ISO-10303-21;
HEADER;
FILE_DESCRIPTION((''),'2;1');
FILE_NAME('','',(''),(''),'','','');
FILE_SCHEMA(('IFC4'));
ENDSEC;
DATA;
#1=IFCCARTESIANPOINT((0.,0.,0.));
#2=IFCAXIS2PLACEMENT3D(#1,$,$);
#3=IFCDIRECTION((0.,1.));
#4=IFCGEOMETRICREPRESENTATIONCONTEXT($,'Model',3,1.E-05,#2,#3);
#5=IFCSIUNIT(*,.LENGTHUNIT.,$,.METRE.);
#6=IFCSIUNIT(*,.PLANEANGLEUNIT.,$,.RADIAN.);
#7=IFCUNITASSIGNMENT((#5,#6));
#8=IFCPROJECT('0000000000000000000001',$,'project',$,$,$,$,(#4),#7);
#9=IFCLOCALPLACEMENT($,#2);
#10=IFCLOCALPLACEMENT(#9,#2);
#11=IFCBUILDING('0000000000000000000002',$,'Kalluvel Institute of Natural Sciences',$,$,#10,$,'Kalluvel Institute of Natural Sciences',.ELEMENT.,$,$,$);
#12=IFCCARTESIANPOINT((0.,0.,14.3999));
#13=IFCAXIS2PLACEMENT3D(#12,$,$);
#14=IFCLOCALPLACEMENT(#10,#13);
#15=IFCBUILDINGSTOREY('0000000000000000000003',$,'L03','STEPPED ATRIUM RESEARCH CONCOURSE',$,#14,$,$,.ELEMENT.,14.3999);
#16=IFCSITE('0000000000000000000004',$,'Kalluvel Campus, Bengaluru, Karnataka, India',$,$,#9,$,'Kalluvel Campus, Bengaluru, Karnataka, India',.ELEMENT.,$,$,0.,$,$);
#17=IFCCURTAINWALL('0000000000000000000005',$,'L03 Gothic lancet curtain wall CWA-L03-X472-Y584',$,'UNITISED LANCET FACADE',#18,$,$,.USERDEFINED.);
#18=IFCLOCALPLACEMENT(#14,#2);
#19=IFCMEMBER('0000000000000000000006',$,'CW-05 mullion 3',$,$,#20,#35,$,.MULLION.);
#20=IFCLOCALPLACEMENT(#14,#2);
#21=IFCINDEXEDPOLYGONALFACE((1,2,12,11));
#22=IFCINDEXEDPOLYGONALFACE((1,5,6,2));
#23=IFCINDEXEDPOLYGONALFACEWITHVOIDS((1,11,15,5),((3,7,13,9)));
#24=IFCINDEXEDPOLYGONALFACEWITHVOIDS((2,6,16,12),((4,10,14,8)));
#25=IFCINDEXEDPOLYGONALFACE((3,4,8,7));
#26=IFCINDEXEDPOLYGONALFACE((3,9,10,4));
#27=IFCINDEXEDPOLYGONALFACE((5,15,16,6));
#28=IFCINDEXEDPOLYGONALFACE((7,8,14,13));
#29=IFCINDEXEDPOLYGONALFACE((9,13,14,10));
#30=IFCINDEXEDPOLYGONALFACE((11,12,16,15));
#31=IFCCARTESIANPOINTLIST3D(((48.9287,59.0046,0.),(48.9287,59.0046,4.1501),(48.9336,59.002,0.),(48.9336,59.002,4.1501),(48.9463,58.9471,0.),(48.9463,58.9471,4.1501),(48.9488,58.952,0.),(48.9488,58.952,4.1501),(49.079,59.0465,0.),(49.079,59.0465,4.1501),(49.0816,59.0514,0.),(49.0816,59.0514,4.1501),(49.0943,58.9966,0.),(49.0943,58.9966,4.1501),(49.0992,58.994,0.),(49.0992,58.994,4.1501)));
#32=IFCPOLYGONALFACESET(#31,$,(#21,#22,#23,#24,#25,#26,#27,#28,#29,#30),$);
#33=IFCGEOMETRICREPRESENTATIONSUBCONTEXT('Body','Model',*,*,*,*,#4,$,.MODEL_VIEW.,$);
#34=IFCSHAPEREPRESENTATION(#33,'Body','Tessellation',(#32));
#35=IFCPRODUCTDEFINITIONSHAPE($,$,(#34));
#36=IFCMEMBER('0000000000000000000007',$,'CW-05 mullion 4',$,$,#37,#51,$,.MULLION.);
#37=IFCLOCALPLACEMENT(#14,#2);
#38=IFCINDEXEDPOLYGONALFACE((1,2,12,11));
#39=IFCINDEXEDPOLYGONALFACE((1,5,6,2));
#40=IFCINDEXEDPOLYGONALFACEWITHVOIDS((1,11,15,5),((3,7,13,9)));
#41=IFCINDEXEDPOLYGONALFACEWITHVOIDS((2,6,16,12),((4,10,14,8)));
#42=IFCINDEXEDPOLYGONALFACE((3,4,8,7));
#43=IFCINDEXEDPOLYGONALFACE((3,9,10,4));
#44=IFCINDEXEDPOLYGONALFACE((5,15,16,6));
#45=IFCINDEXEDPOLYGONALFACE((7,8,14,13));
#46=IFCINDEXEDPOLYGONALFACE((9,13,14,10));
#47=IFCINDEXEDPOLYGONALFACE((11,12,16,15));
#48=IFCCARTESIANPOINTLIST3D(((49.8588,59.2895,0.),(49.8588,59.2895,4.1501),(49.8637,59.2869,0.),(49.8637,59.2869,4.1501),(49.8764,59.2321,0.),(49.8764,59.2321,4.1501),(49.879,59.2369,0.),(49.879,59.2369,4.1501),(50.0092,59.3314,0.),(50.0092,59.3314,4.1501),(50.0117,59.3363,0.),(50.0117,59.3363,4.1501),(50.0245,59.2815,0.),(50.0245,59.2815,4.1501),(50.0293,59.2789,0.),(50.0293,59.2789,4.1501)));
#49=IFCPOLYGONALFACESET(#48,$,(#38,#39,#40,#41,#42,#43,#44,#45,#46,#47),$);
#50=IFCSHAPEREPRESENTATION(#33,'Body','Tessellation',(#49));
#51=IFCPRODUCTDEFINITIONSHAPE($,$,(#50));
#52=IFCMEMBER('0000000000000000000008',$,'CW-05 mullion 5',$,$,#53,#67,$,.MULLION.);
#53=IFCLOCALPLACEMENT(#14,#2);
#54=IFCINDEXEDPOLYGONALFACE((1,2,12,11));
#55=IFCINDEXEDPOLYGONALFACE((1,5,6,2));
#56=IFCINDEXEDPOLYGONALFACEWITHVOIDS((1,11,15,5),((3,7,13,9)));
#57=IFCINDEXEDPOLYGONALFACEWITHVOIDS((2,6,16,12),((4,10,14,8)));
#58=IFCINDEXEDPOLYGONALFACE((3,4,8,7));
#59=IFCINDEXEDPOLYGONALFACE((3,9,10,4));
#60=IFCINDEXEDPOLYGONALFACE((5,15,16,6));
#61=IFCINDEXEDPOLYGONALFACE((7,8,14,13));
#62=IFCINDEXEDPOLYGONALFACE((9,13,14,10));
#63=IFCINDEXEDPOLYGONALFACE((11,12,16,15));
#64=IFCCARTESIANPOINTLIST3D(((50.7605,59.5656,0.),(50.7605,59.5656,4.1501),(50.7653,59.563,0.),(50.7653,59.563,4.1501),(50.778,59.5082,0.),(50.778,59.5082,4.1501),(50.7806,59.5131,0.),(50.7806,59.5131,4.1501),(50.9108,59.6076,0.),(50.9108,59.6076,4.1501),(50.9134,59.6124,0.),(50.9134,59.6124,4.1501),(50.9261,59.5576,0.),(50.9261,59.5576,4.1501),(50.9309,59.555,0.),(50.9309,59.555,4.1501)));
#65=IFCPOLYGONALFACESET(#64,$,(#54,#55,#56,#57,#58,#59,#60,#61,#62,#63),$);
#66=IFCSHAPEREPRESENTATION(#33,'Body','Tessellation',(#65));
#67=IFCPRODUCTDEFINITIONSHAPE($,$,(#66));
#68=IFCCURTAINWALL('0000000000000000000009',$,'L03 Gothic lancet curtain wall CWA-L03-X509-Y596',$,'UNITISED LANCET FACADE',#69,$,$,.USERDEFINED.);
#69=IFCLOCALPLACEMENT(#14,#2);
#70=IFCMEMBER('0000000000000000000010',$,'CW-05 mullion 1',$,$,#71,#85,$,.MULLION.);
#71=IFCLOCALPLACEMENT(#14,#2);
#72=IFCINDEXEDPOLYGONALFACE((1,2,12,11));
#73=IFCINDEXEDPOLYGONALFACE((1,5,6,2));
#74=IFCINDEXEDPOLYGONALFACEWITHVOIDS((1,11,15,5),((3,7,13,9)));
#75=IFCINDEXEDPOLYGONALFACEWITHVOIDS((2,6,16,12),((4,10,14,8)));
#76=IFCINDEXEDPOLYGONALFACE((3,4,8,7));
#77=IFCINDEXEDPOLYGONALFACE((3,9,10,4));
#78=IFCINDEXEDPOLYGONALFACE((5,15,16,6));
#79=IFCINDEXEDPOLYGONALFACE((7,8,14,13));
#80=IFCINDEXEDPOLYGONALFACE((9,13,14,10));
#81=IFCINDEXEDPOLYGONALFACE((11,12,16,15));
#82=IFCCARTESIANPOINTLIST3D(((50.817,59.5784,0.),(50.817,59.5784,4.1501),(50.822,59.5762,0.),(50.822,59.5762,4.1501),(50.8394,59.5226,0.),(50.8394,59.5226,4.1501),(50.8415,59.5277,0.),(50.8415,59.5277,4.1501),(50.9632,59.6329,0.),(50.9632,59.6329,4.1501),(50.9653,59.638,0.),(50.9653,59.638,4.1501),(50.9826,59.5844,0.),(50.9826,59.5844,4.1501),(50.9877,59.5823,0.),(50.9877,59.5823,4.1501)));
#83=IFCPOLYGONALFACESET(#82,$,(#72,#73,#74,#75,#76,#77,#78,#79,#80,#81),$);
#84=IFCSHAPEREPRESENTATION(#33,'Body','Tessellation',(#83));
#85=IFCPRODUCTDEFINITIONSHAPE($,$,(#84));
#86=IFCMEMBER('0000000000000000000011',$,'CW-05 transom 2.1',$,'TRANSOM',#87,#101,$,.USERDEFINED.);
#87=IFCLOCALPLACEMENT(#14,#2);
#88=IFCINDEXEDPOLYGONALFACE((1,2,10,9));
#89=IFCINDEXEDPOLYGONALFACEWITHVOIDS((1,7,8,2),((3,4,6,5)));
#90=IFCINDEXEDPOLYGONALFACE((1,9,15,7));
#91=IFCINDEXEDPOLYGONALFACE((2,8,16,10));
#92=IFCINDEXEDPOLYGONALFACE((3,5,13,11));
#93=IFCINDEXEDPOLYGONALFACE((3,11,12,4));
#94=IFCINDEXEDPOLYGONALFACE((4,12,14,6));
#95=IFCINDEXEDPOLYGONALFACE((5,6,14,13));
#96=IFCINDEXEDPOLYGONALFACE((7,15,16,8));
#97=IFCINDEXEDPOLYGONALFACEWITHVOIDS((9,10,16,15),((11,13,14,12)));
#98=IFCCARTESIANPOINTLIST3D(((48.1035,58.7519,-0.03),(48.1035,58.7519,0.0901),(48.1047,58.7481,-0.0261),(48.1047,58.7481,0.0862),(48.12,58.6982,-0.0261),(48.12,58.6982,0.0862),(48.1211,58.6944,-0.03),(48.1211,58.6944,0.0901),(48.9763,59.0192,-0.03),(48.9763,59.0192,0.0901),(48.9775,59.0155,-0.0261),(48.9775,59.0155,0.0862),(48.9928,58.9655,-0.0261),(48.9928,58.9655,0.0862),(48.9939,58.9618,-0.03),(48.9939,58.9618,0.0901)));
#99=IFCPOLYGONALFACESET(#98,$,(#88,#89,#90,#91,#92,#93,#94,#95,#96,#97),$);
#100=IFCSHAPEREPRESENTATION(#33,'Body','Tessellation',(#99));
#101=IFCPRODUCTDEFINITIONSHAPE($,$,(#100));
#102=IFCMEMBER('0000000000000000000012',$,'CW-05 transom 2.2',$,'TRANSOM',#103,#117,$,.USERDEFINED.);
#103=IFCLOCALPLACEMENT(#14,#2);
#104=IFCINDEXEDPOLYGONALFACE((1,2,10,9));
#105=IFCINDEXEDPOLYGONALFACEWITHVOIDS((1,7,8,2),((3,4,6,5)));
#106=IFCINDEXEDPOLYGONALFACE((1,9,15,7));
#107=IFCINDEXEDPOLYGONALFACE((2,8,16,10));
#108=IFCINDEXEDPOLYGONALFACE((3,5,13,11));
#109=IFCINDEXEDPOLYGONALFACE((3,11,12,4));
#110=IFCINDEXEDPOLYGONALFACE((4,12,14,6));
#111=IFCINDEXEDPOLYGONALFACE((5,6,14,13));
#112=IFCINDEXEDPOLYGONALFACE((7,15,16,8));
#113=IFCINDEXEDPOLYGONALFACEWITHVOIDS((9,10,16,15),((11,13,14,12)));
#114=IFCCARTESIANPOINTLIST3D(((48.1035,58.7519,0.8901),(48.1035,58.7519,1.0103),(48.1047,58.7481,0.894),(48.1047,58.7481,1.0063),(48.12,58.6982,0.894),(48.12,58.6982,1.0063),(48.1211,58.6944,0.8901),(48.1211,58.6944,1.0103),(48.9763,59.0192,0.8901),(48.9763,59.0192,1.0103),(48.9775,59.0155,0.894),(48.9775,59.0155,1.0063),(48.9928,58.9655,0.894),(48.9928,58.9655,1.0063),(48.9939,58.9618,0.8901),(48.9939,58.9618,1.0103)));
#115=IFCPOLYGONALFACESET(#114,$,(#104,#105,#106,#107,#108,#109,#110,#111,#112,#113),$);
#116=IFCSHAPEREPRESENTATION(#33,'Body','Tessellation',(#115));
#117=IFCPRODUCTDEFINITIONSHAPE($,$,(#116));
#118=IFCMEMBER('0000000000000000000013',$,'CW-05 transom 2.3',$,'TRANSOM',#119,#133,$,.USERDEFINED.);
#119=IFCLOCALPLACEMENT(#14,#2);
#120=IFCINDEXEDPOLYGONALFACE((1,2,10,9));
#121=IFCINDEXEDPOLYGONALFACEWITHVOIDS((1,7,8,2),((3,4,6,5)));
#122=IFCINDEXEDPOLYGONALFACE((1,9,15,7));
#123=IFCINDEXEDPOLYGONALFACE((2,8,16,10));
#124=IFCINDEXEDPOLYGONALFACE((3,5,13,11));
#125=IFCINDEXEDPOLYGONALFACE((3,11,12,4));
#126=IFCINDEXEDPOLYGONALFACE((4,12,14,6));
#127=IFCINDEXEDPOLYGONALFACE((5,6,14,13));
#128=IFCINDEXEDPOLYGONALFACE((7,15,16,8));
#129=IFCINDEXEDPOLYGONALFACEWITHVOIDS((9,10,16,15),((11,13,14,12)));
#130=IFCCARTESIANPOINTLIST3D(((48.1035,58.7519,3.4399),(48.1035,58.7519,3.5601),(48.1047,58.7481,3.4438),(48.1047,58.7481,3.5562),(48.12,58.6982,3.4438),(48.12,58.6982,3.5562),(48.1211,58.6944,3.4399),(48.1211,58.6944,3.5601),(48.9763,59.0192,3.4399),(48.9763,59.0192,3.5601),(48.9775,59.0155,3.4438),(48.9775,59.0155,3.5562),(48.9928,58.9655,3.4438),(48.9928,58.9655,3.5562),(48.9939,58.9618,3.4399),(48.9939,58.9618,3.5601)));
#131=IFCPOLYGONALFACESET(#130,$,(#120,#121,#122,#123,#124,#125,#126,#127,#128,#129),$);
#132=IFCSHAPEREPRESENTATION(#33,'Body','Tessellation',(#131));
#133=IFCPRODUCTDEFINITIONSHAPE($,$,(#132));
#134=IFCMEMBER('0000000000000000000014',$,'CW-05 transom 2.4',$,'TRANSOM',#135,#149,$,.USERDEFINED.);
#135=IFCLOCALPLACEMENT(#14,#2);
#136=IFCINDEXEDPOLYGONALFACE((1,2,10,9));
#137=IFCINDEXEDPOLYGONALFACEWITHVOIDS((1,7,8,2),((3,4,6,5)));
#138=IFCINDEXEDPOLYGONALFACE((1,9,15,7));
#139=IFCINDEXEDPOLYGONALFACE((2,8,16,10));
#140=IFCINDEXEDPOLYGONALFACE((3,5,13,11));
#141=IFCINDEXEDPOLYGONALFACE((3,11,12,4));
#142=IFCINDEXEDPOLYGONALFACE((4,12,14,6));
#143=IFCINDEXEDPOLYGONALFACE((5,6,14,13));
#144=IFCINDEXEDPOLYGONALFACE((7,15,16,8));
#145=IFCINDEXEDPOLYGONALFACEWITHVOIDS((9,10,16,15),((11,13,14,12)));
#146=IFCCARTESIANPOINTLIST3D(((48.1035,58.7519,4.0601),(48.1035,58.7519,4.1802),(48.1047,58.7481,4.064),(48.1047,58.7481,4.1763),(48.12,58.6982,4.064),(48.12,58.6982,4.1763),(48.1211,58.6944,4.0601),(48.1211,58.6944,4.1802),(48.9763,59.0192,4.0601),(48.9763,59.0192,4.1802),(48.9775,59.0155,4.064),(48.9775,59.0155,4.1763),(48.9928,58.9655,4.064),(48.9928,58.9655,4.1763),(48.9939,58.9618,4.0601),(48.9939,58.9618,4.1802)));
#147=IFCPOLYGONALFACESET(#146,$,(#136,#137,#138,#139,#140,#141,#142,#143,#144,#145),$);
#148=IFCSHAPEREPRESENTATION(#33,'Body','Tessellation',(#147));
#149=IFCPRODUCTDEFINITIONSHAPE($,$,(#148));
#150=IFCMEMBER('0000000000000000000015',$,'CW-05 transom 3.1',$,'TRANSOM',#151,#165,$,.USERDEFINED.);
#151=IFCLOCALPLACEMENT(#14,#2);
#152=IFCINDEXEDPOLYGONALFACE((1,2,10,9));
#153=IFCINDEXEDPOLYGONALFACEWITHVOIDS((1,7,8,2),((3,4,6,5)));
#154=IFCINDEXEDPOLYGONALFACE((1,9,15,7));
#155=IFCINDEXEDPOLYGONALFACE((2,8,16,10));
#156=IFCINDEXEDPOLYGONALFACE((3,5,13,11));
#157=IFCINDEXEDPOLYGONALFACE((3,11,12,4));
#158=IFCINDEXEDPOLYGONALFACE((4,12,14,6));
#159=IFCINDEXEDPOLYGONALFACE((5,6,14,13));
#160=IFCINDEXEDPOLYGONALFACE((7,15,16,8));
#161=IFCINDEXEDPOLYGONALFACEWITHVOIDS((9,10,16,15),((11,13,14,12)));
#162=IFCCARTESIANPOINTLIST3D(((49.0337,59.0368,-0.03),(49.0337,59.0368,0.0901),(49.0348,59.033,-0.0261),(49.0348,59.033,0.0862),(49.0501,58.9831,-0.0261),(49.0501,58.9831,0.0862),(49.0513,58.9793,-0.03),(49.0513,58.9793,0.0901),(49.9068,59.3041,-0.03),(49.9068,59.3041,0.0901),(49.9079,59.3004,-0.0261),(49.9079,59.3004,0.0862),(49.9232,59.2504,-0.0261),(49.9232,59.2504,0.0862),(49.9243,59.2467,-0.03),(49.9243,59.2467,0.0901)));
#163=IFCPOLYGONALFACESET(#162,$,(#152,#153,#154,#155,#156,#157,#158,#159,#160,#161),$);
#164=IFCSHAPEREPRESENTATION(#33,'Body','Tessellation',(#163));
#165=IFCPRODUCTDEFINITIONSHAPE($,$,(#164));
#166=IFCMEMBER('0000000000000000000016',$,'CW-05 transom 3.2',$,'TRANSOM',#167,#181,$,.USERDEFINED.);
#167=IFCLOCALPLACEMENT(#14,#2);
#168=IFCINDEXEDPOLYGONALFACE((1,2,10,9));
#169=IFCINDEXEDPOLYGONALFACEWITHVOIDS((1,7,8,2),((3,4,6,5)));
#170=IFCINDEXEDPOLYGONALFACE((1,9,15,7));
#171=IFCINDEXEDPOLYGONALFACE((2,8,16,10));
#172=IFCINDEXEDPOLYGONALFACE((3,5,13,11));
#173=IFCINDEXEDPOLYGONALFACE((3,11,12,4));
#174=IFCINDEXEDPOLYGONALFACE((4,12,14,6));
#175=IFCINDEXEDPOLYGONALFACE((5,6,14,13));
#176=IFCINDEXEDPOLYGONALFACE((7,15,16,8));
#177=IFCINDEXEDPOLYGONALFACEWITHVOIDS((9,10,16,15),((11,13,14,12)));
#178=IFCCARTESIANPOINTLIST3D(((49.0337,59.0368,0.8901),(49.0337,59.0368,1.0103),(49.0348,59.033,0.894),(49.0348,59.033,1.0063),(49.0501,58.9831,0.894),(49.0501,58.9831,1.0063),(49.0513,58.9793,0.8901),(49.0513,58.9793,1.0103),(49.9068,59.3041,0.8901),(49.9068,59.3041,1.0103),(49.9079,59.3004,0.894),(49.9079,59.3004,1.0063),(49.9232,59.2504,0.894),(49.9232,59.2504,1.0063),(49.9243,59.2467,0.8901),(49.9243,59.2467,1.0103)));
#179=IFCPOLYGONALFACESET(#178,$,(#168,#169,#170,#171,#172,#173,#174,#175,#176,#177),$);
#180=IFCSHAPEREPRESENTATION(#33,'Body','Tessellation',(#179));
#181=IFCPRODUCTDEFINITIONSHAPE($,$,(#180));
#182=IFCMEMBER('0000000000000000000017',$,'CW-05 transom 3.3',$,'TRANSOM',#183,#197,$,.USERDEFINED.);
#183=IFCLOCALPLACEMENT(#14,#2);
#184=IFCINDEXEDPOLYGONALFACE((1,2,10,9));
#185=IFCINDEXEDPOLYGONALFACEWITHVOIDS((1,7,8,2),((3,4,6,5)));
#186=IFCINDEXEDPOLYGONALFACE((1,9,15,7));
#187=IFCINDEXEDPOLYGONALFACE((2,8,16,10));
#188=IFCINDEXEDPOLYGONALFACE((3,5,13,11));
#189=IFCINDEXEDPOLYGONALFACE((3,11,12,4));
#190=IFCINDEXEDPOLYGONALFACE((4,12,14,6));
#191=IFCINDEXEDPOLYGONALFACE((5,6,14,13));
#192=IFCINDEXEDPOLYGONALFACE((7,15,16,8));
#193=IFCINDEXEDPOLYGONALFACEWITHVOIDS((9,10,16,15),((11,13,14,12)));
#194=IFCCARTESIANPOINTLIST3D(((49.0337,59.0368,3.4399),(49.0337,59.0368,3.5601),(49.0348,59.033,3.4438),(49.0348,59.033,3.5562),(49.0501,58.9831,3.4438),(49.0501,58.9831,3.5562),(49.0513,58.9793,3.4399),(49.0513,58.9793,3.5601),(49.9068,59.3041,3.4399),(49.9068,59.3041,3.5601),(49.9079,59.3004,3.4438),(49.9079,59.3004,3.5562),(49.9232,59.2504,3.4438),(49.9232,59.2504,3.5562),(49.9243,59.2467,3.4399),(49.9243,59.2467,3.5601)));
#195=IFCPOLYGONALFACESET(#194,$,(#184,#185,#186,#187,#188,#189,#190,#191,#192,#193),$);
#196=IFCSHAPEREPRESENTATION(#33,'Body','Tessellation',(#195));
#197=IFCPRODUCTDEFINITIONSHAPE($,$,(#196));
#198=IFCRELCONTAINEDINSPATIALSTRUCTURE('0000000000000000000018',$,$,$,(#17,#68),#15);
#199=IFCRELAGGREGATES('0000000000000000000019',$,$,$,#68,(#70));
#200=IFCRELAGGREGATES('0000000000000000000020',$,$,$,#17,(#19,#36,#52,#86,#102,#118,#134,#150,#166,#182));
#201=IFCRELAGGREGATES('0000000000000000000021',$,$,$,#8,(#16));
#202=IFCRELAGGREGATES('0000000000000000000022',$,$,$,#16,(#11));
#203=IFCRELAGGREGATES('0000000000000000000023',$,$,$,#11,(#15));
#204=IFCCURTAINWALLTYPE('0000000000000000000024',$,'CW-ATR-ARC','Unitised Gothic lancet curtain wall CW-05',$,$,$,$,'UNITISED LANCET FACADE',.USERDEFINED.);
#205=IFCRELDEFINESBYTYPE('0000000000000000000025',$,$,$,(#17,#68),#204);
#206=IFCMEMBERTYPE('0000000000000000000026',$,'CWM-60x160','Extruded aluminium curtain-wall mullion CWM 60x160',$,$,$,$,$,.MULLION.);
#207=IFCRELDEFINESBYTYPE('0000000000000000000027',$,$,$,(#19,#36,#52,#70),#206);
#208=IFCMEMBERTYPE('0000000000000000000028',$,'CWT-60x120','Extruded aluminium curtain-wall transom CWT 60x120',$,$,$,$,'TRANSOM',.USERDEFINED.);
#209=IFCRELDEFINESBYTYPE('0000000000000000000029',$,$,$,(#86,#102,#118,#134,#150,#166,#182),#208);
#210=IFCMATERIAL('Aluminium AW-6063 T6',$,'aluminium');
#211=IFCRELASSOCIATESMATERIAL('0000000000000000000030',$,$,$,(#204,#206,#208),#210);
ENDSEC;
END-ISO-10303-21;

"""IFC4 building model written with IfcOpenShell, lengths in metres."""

from ifc_helpers import new_model, si_unit, direction, frame, origin, origin_2d, place, context, subcontext, project, spatial, hollow_rectangle, extrude, material, material_profile, profile_set, type_object, element, aggregate, save


model = new_model("IFC4")

# Units and contexts
model_context = context("Model", 3, precision=1e-05, world=origin(), true_north=direction((0.0, 1.0)))
body_context = subcontext(model_context, "Body", "Model", "MODEL_VIEW")
ifc_project = project(units=[si_unit("LENGTHUNIT", "METRE"), si_unit("PLANEANGLEUNIT", "RADIAN")], contexts=[model_context])

# Site, building, storey
site_placement = place(None, origin())
site = spatial("IfcSite", under=ifc_project, at=site_placement, Name="Kalluvel Campus, Bengaluru, Karnataka, India", LongName="Kalluvel Campus, Bengaluru, Karnataka, India", CompositionType="ELEMENT", RefElevation=0.0)
building_placement = place(site_placement, origin())
building = spatial("IfcBuilding", under=site, at=building_placement, Name="Kalluvel Institute of Natural Sciences", LongName="Kalluvel Institute of Natural Sciences", CompositionType="ELEMENT")
storey_placement = place(building_placement, frame((0.0, 0.0, 14.3999)))
storey = spatial("IfcBuildingStorey", under=building, at=storey_placement, Name="L03", Description="STEPPED ATRIUM RESEARCH CONCOURSE", CompositionType="ELEMENT", Elevation=14.3999)

# Curtain wall, members
ifc_material_1 = material(Name="Aluminium AW-6063 T6", Category="aluminium")
curtain_wall_type = type_object("IfcCurtainWallType", Name="CW-ATR-ARC", Description="Unitised Gothic lancet curtain wall CW-05", ElementType="UNITISED LANCET FACADE", PredefinedType="USERDEFINED", material=ifc_material_1)
curtain_wall_1_placement = place(storey_placement, origin())
curtain_wall_1 = element("IfcCurtainWall", 1, at=curtain_wall_1_placement, inside=storey, type_object=curtain_wall_type, Name="L03 Gothic lancet curtain wall CWA-L03-X472-Y584", ObjectType="UNITISED LANCET FACADE", PredefinedType="USERDEFINED")
ifc_material_profile_1 = material_profile(ifc_material_1, hollow_rectangle(XDim=0.0601, YDim=0.1599, WallThickness=0.0039, at=origin_2d()), Name="CWM 60x160")
ifc_profile_set_1 = profile_set([ifc_material_profile_1], Name="Aluminium AW-6063 T6")
member_type_1 = type_object("IfcMemberType", Name="CWM-60x160", Description="Extruded aluminium curtain-wall mullion CWM 60x160", PredefinedType="MULLION", material=ifc_profile_set_1)
member_1_placement = place(storey_placement, frame((49.0139, 58.9993, 0.0), z_axis=(0.0, 0.0, 1.0), x_axis=(-0.292838, 0.956162, 0.0)))
member_1 = element("IfcMember", 2, at=member_1_placement, type_object=member_type_1, Name="CW-05 mullion 3", PredefinedType="MULLION", context=body_context, shape_type="SweptSolid", body=[
    extrude(hollow_rectangle(XDim=0.0601, YDim=0.1599, WallThickness=0.0039, at=origin_2d()), origin(), (0.0, 0.0, 1.0), 4.1501),
])
member_2_placement = place(storey_placement, frame((49.9441, 59.2842, 0.0), z_axis=(0.0, 0.0, 1.0), x_axis=(-0.292838, 0.956162, 0.0)))
member_2 = element("IfcMember", 3, at=member_2_placement, type_object=member_type_1, Name="CW-05 mullion 4", PredefinedType="MULLION", context=body_context, shape_type="SweptSolid", body=[
    extrude(hollow_rectangle(XDim=0.0601, YDim=0.1599, WallThickness=0.0039, at=origin_2d()), origin(), (0.0, 0.0, 1.0), 4.1501),
])
member_3_placement = place(storey_placement, frame((50.8457, 59.5603, 0.0), z_axis=(0.0, 0.0, 1.0), x_axis=(-0.292838, 0.956162, 0.0)))
member_3 = element("IfcMember", 4, at=member_3_placement, type_object=member_type_1, Name="CW-05 mullion 5", PredefinedType="MULLION", context=body_context, shape_type="SweptSolid", body=[
    extrude(hollow_rectangle(XDim=0.0601, YDim=0.1599, WallThickness=0.0039, at=origin_2d()), origin(), (0.0, 0.0, 1.0), 4.1501),
])

# Curtain wall, member
curtain_wall_2_placement = place(storey_placement, origin())
curtain_wall_2 = element("IfcCurtainWall", 5, at=curtain_wall_2_placement, inside=storey, type_object=curtain_wall_type, Name="L03 Gothic lancet curtain wall CWA-L03-X509-Y596", ObjectType="UNITISED LANCET FACADE", PredefinedType="USERDEFINED")
member_4_placement = place(storey_placement, frame((50.9023, 59.5803, 0.0), z_axis=(0.0, 0.0, 1.0), x_axis=(-0.372857, 0.927889, 0.0)))
member_4 = element("IfcMember", 6, at=member_4_placement, type_object=member_type_1, Name="CW-05 mullion 1", PredefinedType="MULLION", context=body_context, shape_type="SweptSolid", body=[
    extrude(hollow_rectangle(XDim=0.0601, YDim=0.1599, WallThickness=0.0039, at=origin_2d()), origin(), (0.0, 0.0, 1.0), 4.1501),
])

# Members
ifc_material_profile_2 = material_profile(ifc_material_1, hollow_rectangle(XDim=0.0601, YDim=0.1201, WallThickness=0.0039, at=origin_2d()), Name="CWT 60x120")
ifc_profile_set_2 = profile_set([ifc_material_profile_2], Name="Aluminium AW-6063 T6")
member_type_2 = type_object("IfcMemberType", Name="CWT-60x120", Description="Extruded aluminium curtain-wall transom CWT 60x120", ElementType="TRANSOM", PredefinedType="USERDEFINED", material=ifc_profile_set_2)
member_5_placement = place(storey_placement, frame((48.1123, 58.7231, 0.03), z_axis=(0.956154, 0.292864, 0.0), x_axis=(-0.292864, 0.956154, 0.0)))
member_5 = element("IfcMember", 7, at=member_5_placement, type_object=member_type_2, Name="CW-05 transom 2.1", ObjectType="TRANSOM", PredefinedType="USERDEFINED", context=body_context, shape_type="SweptSolid", body=[
    extrude(hollow_rectangle(XDim=0.0601, YDim=0.1201, WallThickness=0.0039, at=origin_2d()), origin(), (0.0, 0.0, 1.0), 0.9128),
])
member_6_placement = place(storey_placement, frame((48.1123, 58.7231, 0.9502), z_axis=(0.956154, 0.292864, 0.0), x_axis=(-0.292864, 0.956154, 0.0)))
member_6 = element("IfcMember", 8, at=member_6_placement, type_object=member_type_2, Name="CW-05 transom 2.2", ObjectType="TRANSOM", PredefinedType="USERDEFINED", context=body_context, shape_type="SweptSolid", body=[
    extrude(hollow_rectangle(XDim=0.0601, YDim=0.1201, WallThickness=0.0039, at=origin_2d()), origin(), (0.0, 0.0, 1.0), 0.9128),
])
member_7_placement = place(storey_placement, frame((48.1123, 58.7231, 3.5), z_axis=(0.956154, 0.292864, 0.0), x_axis=(-0.292864, 0.956154, 0.0)))
member_7 = element("IfcMember", 9, at=member_7_placement, type_object=member_type_2, Name="CW-05 transom 2.3", ObjectType="TRANSOM", PredefinedType="USERDEFINED", context=body_context, shape_type="SweptSolid", body=[
    extrude(hollow_rectangle(XDim=0.0601, YDim=0.1201, WallThickness=0.0039, at=origin_2d()), origin(), (0.0, 0.0, 1.0), 0.9128),
])
member_8_placement = place(storey_placement, frame((48.1123, 58.7231, 4.1201), z_axis=(0.956154, 0.292864, 0.0), x_axis=(-0.292864, 0.956154, 0.0)))
member_8 = element("IfcMember", 10, at=member_8_placement, type_object=member_type_2, Name="CW-05 transom 2.4", ObjectType="TRANSOM", PredefinedType="USERDEFINED", context=body_context, shape_type="SweptSolid", body=[
    extrude(hollow_rectangle(XDim=0.0601, YDim=0.1201, WallThickness=0.0039, at=origin_2d()), origin(), (0.0, 0.0, 1.0), 0.9128),
])
member_9_placement = place(storey_placement, frame((49.0425, 59.0081, 0.03), z_axis=(0.956177, 0.292789, 0.0), x_axis=(-0.292789, 0.956177, 0.0)))
member_9 = element("IfcMember", 11, at=member_9_placement, type_object=member_type_2, Name="CW-05 transom 3.1", ObjectType="TRANSOM", PredefinedType="USERDEFINED", context=body_context, shape_type="SweptSolid", body=[
    extrude(hollow_rectangle(XDim=0.0601, YDim=0.1201, WallThickness=0.0039, at=origin_2d()), origin(), (0.0, 0.0, 1.0), 0.9131),
])
member_10_placement = place(storey_placement, frame((49.0425, 59.0081, 0.9502), z_axis=(0.956177, 0.292789, 0.0), x_axis=(-0.292789, 0.956177, 0.0)))
member_10 = element("IfcMember", 12, at=member_10_placement, type_object=member_type_2, Name="CW-05 transom 3.2", ObjectType="TRANSOM", PredefinedType="USERDEFINED", context=body_context, shape_type="SweptSolid", body=[
    extrude(hollow_rectangle(XDim=0.0601, YDim=0.1201, WallThickness=0.0039, at=origin_2d()), origin(), (0.0, 0.0, 1.0), 0.9131),
])
member_11_placement = place(storey_placement, frame((49.0425, 59.0081, 3.5), z_axis=(0.956177, 0.292789, 0.0), x_axis=(-0.292789, 0.956177, 0.0)))
member_11 = element("IfcMember", 13, at=member_11_placement, type_object=member_type_2, Name="CW-05 transom 3.3", ObjectType="TRANSOM", PredefinedType="USERDEFINED", context=body_context, shape_type="SweptSolid", body=[
    extrude(hollow_rectangle(XDim=0.0601, YDim=0.1201, WallThickness=0.0039, at=origin_2d()), origin(), (0.0, 0.0, 1.0), 0.9131),
])
aggregate(curtain_wall_2, [member_4])

aggregate(curtain_wall_1, [member_1, member_2, member_3, member_5, member_6, member_7, member_8, member_9, member_10, member_11])

save(model, "model.ifc")
